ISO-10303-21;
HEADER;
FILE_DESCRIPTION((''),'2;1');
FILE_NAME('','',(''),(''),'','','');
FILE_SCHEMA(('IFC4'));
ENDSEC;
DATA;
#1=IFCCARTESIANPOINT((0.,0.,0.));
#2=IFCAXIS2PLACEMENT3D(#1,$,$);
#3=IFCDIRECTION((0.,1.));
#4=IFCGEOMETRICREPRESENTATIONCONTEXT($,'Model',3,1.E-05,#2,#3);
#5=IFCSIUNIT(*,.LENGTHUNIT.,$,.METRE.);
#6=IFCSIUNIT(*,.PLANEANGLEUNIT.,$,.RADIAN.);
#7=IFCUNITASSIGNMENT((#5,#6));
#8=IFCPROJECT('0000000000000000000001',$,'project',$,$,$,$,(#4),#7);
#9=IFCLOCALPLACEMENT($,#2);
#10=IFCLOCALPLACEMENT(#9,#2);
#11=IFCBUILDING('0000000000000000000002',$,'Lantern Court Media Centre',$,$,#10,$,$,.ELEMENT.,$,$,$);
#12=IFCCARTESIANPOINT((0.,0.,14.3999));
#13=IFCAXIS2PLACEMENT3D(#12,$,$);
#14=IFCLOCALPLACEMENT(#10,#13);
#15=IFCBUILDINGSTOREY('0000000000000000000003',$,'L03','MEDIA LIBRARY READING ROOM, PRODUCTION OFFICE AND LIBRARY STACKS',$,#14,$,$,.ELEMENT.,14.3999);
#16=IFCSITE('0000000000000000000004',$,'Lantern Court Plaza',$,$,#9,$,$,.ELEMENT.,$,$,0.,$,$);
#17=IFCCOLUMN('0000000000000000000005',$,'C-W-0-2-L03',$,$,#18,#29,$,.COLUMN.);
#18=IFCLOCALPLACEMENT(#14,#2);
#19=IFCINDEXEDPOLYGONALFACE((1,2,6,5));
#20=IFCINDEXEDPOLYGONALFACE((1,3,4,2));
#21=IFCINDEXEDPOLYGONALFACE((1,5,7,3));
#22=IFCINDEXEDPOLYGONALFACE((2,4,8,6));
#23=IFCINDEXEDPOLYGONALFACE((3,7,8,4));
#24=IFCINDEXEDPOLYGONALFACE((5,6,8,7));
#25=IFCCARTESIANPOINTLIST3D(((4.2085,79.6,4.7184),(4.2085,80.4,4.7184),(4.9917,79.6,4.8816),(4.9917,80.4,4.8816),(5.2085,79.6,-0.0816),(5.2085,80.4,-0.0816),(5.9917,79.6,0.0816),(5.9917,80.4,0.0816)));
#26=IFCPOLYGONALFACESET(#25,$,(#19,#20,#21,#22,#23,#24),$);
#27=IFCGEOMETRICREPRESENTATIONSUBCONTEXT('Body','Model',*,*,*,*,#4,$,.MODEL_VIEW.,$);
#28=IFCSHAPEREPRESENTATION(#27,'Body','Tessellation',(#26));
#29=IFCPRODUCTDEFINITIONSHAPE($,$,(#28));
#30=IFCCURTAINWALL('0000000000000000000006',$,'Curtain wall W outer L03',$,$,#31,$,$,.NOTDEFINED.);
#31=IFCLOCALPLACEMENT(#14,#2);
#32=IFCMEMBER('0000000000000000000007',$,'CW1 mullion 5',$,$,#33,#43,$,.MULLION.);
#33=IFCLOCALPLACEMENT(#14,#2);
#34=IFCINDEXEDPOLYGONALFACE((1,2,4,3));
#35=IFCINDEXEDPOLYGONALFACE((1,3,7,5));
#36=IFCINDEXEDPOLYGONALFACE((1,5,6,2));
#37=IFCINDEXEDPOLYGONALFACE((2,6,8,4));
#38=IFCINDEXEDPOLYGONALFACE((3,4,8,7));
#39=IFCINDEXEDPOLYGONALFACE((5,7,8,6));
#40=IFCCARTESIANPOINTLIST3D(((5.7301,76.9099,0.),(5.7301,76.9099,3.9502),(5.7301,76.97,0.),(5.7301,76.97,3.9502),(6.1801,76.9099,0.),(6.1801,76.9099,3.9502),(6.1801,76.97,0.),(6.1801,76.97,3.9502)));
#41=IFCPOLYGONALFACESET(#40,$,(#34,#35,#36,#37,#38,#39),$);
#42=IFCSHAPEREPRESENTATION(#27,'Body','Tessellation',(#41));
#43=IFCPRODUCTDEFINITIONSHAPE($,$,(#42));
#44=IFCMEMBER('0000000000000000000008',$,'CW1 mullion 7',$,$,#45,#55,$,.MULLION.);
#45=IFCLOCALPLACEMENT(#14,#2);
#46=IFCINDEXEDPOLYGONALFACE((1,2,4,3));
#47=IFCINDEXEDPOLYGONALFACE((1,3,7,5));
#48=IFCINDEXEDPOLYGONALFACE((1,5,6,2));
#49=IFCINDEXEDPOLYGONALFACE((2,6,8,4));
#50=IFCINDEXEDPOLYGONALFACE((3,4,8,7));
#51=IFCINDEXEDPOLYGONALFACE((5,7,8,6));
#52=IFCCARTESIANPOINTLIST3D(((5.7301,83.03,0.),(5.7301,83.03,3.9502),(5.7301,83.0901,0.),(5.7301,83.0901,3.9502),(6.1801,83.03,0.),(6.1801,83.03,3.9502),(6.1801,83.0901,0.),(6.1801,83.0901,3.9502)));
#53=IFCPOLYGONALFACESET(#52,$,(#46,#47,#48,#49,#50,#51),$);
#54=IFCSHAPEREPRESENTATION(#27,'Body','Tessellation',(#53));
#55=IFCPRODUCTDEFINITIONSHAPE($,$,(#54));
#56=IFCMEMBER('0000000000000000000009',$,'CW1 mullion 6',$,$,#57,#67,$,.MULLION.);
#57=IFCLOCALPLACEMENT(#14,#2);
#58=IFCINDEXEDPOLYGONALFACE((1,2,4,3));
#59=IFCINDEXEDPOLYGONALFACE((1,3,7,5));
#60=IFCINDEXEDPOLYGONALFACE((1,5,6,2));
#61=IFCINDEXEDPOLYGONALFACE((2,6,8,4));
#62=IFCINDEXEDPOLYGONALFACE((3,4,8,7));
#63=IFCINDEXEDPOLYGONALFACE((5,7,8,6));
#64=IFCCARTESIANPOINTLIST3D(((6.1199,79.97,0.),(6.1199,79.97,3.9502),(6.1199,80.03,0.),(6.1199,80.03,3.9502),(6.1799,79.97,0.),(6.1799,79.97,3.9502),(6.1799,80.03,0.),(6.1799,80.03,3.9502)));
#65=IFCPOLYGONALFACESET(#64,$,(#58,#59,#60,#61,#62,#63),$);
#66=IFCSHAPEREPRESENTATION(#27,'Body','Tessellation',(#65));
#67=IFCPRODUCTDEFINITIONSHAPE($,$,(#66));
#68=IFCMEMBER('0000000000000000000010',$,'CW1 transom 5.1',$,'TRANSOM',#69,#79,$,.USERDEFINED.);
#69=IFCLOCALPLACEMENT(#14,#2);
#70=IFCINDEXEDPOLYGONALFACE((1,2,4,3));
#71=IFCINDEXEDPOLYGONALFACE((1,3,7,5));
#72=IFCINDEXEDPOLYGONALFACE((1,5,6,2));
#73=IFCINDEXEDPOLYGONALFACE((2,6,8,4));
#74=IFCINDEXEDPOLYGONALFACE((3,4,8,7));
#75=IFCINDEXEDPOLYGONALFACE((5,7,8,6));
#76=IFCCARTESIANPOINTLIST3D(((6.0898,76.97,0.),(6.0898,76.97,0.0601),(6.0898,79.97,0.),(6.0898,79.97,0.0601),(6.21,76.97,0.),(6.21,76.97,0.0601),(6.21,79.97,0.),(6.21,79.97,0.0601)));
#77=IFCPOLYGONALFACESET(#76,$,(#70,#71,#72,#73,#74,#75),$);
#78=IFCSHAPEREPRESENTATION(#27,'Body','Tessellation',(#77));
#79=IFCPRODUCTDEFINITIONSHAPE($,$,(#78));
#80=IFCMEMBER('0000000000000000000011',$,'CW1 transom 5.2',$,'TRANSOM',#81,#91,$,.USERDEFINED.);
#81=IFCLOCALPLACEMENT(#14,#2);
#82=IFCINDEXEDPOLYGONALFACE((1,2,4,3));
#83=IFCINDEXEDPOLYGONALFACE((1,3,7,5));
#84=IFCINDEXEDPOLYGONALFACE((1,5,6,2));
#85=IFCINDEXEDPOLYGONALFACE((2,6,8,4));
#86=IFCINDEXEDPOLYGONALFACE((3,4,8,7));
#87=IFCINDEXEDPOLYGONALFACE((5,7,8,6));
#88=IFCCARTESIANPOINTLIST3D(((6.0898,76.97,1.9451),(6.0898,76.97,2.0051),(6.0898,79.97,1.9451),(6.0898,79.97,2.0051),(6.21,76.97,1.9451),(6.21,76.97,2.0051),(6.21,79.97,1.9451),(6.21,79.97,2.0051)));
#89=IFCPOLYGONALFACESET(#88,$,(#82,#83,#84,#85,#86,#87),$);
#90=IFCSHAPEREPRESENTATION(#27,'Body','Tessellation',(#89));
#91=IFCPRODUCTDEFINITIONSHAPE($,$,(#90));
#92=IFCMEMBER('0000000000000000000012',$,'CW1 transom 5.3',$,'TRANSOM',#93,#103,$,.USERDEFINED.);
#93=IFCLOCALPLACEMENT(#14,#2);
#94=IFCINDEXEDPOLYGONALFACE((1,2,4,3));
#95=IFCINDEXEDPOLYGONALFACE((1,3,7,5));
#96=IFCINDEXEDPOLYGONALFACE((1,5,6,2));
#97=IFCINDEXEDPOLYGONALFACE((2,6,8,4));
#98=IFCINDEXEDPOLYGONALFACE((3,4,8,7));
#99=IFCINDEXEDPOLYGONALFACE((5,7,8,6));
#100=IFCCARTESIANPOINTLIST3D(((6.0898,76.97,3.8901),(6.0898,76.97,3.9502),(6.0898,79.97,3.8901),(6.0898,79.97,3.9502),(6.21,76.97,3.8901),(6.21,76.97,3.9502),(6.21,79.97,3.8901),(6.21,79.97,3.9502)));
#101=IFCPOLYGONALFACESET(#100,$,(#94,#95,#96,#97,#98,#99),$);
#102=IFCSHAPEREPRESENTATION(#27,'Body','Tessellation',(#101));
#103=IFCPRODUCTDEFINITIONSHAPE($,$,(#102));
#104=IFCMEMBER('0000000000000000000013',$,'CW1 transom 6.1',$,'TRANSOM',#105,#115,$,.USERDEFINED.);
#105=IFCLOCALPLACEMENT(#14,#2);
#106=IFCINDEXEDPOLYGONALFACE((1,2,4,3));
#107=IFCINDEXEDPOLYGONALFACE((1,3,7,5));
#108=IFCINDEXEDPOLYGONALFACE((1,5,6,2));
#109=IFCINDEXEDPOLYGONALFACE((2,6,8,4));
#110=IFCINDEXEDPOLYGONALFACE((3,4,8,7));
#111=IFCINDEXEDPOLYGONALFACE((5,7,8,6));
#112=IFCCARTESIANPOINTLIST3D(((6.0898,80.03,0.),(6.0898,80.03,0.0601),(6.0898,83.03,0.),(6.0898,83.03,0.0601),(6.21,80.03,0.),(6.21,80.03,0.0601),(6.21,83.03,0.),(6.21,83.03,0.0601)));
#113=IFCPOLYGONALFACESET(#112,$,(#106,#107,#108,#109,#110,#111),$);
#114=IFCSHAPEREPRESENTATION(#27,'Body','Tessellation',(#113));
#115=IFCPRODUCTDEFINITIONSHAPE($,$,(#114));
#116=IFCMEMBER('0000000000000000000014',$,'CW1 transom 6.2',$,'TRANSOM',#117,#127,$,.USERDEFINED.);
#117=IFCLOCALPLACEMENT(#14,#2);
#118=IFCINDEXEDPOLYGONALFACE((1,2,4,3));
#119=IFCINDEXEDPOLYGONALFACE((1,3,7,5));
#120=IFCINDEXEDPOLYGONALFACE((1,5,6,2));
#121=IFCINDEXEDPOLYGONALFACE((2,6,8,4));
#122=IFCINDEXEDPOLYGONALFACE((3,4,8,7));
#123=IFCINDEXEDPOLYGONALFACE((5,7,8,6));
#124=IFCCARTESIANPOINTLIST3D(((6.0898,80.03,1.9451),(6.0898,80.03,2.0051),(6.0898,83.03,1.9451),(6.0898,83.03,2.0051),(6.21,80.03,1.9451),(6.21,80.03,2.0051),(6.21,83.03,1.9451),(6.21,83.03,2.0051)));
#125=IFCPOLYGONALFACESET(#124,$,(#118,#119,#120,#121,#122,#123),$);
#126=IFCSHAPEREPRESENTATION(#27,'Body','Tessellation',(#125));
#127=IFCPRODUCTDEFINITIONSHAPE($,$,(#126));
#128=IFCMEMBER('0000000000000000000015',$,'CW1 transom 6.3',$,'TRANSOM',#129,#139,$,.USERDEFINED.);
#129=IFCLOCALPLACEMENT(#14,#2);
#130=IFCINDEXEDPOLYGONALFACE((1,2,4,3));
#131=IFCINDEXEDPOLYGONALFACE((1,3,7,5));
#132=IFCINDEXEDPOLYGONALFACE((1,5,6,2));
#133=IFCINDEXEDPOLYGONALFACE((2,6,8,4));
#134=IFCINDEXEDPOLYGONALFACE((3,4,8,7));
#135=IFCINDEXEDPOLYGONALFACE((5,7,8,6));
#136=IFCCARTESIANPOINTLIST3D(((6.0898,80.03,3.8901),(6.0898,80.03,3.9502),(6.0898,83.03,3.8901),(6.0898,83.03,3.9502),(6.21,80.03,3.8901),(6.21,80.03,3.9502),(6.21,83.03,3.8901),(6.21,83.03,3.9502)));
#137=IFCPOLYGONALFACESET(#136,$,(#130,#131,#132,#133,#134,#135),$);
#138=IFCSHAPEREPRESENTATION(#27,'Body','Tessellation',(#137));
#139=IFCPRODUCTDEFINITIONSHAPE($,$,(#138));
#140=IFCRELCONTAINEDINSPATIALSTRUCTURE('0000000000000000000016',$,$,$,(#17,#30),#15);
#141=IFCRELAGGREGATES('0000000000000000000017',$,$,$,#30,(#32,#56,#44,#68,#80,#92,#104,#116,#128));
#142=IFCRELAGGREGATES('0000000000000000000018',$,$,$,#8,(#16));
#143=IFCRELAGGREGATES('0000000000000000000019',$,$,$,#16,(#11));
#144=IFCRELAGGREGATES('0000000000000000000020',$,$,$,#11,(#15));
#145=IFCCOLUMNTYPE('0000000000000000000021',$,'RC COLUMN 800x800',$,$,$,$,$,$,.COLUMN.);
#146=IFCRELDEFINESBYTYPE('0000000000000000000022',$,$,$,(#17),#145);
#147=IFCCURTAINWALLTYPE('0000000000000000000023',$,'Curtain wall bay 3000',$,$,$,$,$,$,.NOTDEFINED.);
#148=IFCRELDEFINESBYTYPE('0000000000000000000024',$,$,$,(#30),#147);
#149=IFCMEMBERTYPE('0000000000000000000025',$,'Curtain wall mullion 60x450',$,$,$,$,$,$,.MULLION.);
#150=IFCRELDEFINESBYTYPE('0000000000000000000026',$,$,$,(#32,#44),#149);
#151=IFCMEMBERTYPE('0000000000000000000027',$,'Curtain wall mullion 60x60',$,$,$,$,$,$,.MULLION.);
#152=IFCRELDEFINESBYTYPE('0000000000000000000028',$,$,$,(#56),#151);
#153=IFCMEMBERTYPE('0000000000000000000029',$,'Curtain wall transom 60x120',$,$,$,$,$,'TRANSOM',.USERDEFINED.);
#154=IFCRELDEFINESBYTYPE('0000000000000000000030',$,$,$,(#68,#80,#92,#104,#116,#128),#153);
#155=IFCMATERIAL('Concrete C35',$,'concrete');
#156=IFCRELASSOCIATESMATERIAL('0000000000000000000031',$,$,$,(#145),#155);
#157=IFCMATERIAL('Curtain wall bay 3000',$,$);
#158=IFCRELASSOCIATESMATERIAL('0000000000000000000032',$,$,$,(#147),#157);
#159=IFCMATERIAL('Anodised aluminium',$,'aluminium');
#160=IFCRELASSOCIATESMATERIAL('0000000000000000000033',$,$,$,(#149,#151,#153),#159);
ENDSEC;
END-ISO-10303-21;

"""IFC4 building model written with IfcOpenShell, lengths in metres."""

from ifc_helpers import new_model, si_unit, direction, frame, origin, origin_2d, place, context, subcontext, project, spatial, rectangle, extrude, material, material_profile, profile_set, type_object, element, aggregate, save


model = new_model("IFC4")

# Units and contexts
model_context = context("Model", 3, precision=1e-05, world=origin(), true_north=direction((0.0, 1.0)))
body_context = subcontext(model_context, "Body", "Model", "MODEL_VIEW")
ifc_project = project(units=[si_unit("LENGTHUNIT", "METRE"), si_unit("PLANEANGLEUNIT", "RADIAN")], contexts=[model_context])

# Site, building, storey
site_placement = place(None, origin())
site = spatial("IfcSite", under=ifc_project, at=site_placement, Name="Lantern Court Plaza", CompositionType="ELEMENT", RefElevation=0.0)
building_placement = place(site_placement, origin())
building = spatial("IfcBuilding", under=site, at=building_placement, Name="Lantern Court Media Centre", CompositionType="ELEMENT")
storey_placement = place(building_placement, frame((0.0, 0.0, 14.3999)))
storey = spatial("IfcBuildingStorey", under=building, at=storey_placement, Name="L03", Description="MEDIA LIBRARY READING ROOM, PRODUCTION OFFICE AND LIBRARY STACKS", CompositionType="ELEMENT", Elevation=14.3999)

# Column
ifc_material_1 = material(Name="Concrete C35", Category="concrete")
ifc_material_profile_1 = material_profile(ifc_material_1, rectangle(XDim=0.8, YDim=0.8, at=origin_2d()), Name="RC 800x800")
ifc_profile_set_1 = profile_set([ifc_material_profile_1], Name="Concrete C35")
column_type = type_object("IfcColumnType", Name="RC COLUMN 800x800", PredefinedType="COLUMN", material=ifc_profile_set_1)
column_placement = place(storey_placement, frame((5.6001, 80.0, 0.0), z_axis=(-0.203952, 0.0, 0.978981), x_axis=(0.0, -1.0, 0.0)))
element("IfcColumn", 1, at=column_placement, inside=storey, type_object=column_type, Name="C-W-0-2-L03", PredefinedType="COLUMN", context=body_context, shape_type="SweptSolid", body=[
    extrude(rectangle(XDim=0.8, YDim=0.8, at=origin_2d()), origin(), (0.0, 0.0, 1.0), 4.9031),
])

# Curtain wall, members
ifc_material_2 = material(Name="Curtain wall bay 3000")
curtain_wall_type = type_object("IfcCurtainWallType", Name="Curtain wall bay 3000", PredefinedType="NOTDEFINED", material=ifc_material_2)
curtain_wall_placement = place(storey_placement, origin())
curtain_wall = element("IfcCurtainWall", 2, at=curtain_wall_placement, inside=storey, type_object=curtain_wall_type, Name="Curtain wall W outer L03", PredefinedType="NOTDEFINED")
ifc_material_3 = material(Name="Anodised aluminium", Category="aluminium")
ifc_material_profile_2 = material_profile(ifc_material_3, rectangle(XDim=0.45, YDim=0.0601, at=origin_2d()), Name="AL 60x450")
ifc_profile_set_2 = profile_set([ifc_material_profile_2], Name="Anodised aluminium")
member_type_1 = type_object("IfcMemberType", Name="Curtain wall mullion 60x450", PredefinedType="MULLION", material=ifc_profile_set_2)
member_1_placement = place(storey_placement, frame((5.9551, 76.9399, 0.0), z_axis=(0.0, 0.0, 1.0), x_axis=(-1.0, 0.0, 0.0)))
member_1 = element("IfcMember", 3, at=member_1_placement, type_object=member_type_1, Name="CW1 mullion 5", PredefinedType="MULLION", context=body_context, shape_type="SweptSolid", body=[
    extrude(rectangle(XDim=0.45, YDim=0.0601, at=origin_2d()), origin(), (0.0, 0.0, 1.0), 3.9502),
])
member_2_placement = place(storey_placement, frame((5.9551, 83.0601, 0.0), z_axis=(0.0, 0.0, 1.0), x_axis=(-1.0, 0.0, 0.0)))
member_2 = element("IfcMember", 4, at=member_2_placement, type_object=member_type_1, Name="CW1 mullion 7", PredefinedType="MULLION", context=body_context, shape_type="SweptSolid", body=[
    extrude(rectangle(XDim=0.45, YDim=0.0601, at=origin_2d()), origin(), (0.0, 0.0, 1.0), 3.9502),
])
ifc_material_profile_3 = material_profile(ifc_material_3, rectangle(XDim=0.0601, YDim=0.0601, at=origin_2d()), Name="AL 60x60")
ifc_profile_set_3 = profile_set([ifc_material_profile_3], Name="Anodised aluminium")
member_type_2 = type_object("IfcMemberType", Name="Curtain wall mullion 60x60", PredefinedType="MULLION", material=ifc_profile_set_3)
member_3_placement = place(storey_placement, frame((6.1499, 80.0, 0.0), z_axis=(0.0, 0.0, 1.0), x_axis=(-1.0, 0.0, 0.0)))
member_3 = element("IfcMember", 5, at=member_3_placement, type_object=member_type_2, Name="CW1 mullion 6", PredefinedType="MULLION", context=body_context, shape_type="SweptSolid", body=[
    extrude(rectangle(XDim=0.0601, YDim=0.0601, at=origin_2d()), origin(), (0.0, 0.0, 1.0), 3.9502),
])
ifc_material_profile_4 = material_profile(ifc_material_3, rectangle(XDim=0.1201, YDim=0.0601, at=origin_2d()), Name="AL 60x120")
ifc_profile_set_4 = profile_set([ifc_material_profile_4], Name="Anodised aluminium")
member_type_3 = type_object("IfcMemberType", Name="Curtain wall transom 60x120", ElementType="TRANSOM", PredefinedType="USERDEFINED", material=ifc_profile_set_4)
member_4_placement = place(storey_placement, frame((6.1499, 76.97, 0.03), z_axis=(0.0, 1.0, 0.0), x_axis=(-1.0, 0.0, 0.0)))
member_4 = element("IfcMember", 6, at=member_4_placement, type_object=member_type_3, Name="CW1 transom 5.1", ObjectType="TRANSOM", PredefinedType="USERDEFINED", context=body_context, shape_type="SweptSolid", body=[
    extrude(rectangle(XDim=0.1201, YDim=0.0601, at=origin_2d()), origin(), (0.0, 0.0, 1.0), 3.0),
])
member_5_placement = place(storey_placement, frame((6.1499, 76.97, 1.9751), z_axis=(0.0, 1.0, 0.0), x_axis=(-1.0, 0.0, 0.0)))
member_5 = element("IfcMember", 7, at=member_5_placement, type_object=member_type_3, Name="CW1 transom 5.2", ObjectType="TRANSOM", PredefinedType="USERDEFINED", context=body_context, shape_type="SweptSolid", body=[
    extrude(rectangle(XDim=0.1201, YDim=0.0601, at=origin_2d()), origin(), (0.0, 0.0, 1.0), 3.0),
])
member_6_placement = place(storey_placement, frame((6.1499, 76.97, 3.9202), z_axis=(0.0, 1.0, 0.0), x_axis=(-1.0, 0.0, 0.0)))
member_6 = element("IfcMember", 8, at=member_6_placement, type_object=member_type_3, Name="CW1 transom 5.3", ObjectType="TRANSOM", PredefinedType="USERDEFINED", context=body_context, shape_type="SweptSolid", body=[
    extrude(rectangle(XDim=0.1201, YDim=0.0601, at=origin_2d()), origin(), (0.0, 0.0, 1.0), 3.0),
])
member_7_placement = place(storey_placement, frame((6.1499, 80.03, 0.03), z_axis=(0.0, 1.0, 0.0), x_axis=(-1.0, 0.0, 0.0)))
member_7 = element("IfcMember", 9, at=member_7_placement, type_object=member_type_3, Name="CW1 transom 6.1", ObjectType="TRANSOM", PredefinedType="USERDEFINED", context=body_context, shape_type="SweptSolid", body=[
    extrude(rectangle(XDim=0.1201, YDim=0.0601, at=origin_2d()), origin(), (0.0, 0.0, 1.0), 3.0),
])
member_8_placement = place(storey_placement, frame((6.1499, 80.03, 1.9751), z_axis=(0.0, 1.0, 0.0), x_axis=(-1.0, 0.0, 0.0)))
member_8 = element("IfcMember", 10, at=member_8_placement, type_object=member_type_3, Name="CW1 transom 6.2", ObjectType="TRANSOM", PredefinedType="USERDEFINED", context=body_context, shape_type="SweptSolid", body=[
    extrude(rectangle(XDim=0.1201, YDim=0.0601, at=origin_2d()), origin(), (0.0, 0.0, 1.0), 3.0),
])
member_9_placement = place(storey_placement, frame((6.1499, 80.03, 3.9202), z_axis=(0.0, 1.0, 0.0), x_axis=(-1.0, 0.0, 0.0)))
member_9 = element("IfcMember", 11, at=member_9_placement, type_object=member_type_3, Name="CW1 transom 6.3", ObjectType="TRANSOM", PredefinedType="USERDEFINED", context=body_context, shape_type="SweptSolid", body=[
    extrude(rectangle(XDim=0.1201, YDim=0.0601, at=origin_2d()), origin(), (0.0, 0.0, 1.0), 3.0),
])

aggregate(curtain_wall, [member_1, member_3, member_2, member_4, member_5, member_6, member_7, member_8, member_9])

save(model, "model.ifc")
